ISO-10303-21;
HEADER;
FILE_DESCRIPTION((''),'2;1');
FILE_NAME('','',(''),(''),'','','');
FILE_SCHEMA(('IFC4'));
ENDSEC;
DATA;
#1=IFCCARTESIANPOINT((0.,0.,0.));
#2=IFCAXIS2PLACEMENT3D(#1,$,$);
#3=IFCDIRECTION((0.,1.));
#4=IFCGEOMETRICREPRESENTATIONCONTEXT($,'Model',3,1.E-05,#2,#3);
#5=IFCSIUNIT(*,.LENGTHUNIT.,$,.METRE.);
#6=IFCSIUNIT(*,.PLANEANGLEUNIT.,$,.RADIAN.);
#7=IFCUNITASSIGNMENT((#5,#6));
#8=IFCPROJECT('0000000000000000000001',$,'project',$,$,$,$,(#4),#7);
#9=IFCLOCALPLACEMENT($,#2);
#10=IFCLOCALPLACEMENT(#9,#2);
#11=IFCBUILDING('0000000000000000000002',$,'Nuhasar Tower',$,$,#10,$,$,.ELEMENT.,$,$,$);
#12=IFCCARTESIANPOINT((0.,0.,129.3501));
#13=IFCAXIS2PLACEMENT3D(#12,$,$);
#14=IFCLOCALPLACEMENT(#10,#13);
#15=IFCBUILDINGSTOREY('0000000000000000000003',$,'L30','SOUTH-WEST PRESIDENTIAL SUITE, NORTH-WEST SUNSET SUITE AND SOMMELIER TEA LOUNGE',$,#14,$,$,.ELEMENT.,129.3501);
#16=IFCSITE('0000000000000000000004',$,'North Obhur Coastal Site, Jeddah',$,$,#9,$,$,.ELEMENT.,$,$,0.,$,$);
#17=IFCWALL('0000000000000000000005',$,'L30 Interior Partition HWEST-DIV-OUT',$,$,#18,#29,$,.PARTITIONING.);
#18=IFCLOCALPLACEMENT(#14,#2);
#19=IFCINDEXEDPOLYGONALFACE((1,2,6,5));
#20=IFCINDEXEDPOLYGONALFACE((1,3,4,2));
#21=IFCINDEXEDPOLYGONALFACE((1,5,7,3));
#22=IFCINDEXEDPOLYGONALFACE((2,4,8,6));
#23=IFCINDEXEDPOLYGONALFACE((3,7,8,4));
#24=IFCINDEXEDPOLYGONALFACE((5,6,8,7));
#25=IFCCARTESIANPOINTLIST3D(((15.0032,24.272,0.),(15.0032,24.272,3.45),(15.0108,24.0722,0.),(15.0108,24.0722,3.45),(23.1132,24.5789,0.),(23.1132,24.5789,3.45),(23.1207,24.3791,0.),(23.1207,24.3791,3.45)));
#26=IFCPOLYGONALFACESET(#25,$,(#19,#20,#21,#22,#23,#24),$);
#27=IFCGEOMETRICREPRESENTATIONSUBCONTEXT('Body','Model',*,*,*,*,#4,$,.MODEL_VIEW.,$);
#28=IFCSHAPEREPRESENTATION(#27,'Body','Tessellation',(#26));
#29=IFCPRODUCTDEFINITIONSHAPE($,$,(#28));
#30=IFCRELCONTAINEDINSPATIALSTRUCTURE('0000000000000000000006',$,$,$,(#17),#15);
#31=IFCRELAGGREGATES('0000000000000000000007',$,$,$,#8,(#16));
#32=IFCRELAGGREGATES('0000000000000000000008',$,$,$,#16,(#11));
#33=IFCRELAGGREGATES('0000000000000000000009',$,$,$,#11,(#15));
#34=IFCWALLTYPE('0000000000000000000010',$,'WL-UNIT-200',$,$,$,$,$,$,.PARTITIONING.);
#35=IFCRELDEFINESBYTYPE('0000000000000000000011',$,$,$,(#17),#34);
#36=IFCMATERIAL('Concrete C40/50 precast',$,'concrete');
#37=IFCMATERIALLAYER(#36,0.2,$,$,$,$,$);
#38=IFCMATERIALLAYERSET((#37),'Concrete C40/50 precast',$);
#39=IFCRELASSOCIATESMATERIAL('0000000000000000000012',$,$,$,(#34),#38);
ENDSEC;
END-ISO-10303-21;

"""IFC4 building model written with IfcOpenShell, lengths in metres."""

from ifc_helpers import new_model, si_unit, direction, frame, frame_2d, origin, place, context, subcontext, project, spatial, rectangle, extrude, material, layer, layer_set, type_object, element, save


model = new_model("IFC4")

# Units and contexts
model_context = context("Model", 3, precision=1e-05, world=origin(), true_north=direction((0.0, 1.0)))
body_context = subcontext(model_context, "Body", "Model", "MODEL_VIEW")
ifc_project = project(units=[si_unit("LENGTHUNIT", "METRE"), si_unit("PLANEANGLEUNIT", "RADIAN")], contexts=[model_context])

# Site, building, storey
site_placement = place(None, origin())
site = spatial("IfcSite", under=ifc_project, at=site_placement, Name="North Obhur Coastal Site, Jeddah", CompositionType="ELEMENT", RefElevation=0.0)
building_placement = place(site_placement, origin())
building = spatial("IfcBuilding", under=site, at=building_placement, Name="Nuhasar Tower", CompositionType="ELEMENT")
storey_placement = place(building_placement, frame((0.0, 0.0, 129.3501)))
storey = spatial("IfcBuildingStorey", under=building, at=storey_placement, Name="L30", Description="SOUTH-WEST PRESIDENTIAL SUITE, NORTH-WEST SUNSET SUITE AND SOMMELIER TEA LOUNGE", CompositionType="ELEMENT", Elevation=129.3501)

# Wall
ifc_material_1 = material(Name="Concrete C40/50 precast", Category="concrete")
ifc_layer_1 = layer(ifc_material_1, 0.2)
ifc_layer_set_1 = layer_set([ifc_layer_1], Name="Concrete C40/50 precast")
wall_type_1 = type_object("IfcWallType", Name="WL-UNIT-200", PredefinedType="PARTITIONING", material=ifc_layer_set_1)
wall_1_placement = place(storey_placement, frame((23.1169, 24.479, 0.0), z_axis=(0.0, 0.0, 1.0), x_axis=(-0.999285, -0.037814, 0.0)))
element("IfcWall", 1, at=wall_1_placement, inside=storey, type_object=wall_type_1, Name="L30 Interior Partition HWEST-DIV-OUT", PredefinedType="PARTITIONING", context=body_context, shape_type="SweptSolid", body=[
    extrude(rectangle(XDim=8.1157, YDim=0.2, at=frame_2d((4.0579, 0.0))), origin(), (0.0, 0.0, 1.0), 3.45),
])

save(model, "model.ifc")
